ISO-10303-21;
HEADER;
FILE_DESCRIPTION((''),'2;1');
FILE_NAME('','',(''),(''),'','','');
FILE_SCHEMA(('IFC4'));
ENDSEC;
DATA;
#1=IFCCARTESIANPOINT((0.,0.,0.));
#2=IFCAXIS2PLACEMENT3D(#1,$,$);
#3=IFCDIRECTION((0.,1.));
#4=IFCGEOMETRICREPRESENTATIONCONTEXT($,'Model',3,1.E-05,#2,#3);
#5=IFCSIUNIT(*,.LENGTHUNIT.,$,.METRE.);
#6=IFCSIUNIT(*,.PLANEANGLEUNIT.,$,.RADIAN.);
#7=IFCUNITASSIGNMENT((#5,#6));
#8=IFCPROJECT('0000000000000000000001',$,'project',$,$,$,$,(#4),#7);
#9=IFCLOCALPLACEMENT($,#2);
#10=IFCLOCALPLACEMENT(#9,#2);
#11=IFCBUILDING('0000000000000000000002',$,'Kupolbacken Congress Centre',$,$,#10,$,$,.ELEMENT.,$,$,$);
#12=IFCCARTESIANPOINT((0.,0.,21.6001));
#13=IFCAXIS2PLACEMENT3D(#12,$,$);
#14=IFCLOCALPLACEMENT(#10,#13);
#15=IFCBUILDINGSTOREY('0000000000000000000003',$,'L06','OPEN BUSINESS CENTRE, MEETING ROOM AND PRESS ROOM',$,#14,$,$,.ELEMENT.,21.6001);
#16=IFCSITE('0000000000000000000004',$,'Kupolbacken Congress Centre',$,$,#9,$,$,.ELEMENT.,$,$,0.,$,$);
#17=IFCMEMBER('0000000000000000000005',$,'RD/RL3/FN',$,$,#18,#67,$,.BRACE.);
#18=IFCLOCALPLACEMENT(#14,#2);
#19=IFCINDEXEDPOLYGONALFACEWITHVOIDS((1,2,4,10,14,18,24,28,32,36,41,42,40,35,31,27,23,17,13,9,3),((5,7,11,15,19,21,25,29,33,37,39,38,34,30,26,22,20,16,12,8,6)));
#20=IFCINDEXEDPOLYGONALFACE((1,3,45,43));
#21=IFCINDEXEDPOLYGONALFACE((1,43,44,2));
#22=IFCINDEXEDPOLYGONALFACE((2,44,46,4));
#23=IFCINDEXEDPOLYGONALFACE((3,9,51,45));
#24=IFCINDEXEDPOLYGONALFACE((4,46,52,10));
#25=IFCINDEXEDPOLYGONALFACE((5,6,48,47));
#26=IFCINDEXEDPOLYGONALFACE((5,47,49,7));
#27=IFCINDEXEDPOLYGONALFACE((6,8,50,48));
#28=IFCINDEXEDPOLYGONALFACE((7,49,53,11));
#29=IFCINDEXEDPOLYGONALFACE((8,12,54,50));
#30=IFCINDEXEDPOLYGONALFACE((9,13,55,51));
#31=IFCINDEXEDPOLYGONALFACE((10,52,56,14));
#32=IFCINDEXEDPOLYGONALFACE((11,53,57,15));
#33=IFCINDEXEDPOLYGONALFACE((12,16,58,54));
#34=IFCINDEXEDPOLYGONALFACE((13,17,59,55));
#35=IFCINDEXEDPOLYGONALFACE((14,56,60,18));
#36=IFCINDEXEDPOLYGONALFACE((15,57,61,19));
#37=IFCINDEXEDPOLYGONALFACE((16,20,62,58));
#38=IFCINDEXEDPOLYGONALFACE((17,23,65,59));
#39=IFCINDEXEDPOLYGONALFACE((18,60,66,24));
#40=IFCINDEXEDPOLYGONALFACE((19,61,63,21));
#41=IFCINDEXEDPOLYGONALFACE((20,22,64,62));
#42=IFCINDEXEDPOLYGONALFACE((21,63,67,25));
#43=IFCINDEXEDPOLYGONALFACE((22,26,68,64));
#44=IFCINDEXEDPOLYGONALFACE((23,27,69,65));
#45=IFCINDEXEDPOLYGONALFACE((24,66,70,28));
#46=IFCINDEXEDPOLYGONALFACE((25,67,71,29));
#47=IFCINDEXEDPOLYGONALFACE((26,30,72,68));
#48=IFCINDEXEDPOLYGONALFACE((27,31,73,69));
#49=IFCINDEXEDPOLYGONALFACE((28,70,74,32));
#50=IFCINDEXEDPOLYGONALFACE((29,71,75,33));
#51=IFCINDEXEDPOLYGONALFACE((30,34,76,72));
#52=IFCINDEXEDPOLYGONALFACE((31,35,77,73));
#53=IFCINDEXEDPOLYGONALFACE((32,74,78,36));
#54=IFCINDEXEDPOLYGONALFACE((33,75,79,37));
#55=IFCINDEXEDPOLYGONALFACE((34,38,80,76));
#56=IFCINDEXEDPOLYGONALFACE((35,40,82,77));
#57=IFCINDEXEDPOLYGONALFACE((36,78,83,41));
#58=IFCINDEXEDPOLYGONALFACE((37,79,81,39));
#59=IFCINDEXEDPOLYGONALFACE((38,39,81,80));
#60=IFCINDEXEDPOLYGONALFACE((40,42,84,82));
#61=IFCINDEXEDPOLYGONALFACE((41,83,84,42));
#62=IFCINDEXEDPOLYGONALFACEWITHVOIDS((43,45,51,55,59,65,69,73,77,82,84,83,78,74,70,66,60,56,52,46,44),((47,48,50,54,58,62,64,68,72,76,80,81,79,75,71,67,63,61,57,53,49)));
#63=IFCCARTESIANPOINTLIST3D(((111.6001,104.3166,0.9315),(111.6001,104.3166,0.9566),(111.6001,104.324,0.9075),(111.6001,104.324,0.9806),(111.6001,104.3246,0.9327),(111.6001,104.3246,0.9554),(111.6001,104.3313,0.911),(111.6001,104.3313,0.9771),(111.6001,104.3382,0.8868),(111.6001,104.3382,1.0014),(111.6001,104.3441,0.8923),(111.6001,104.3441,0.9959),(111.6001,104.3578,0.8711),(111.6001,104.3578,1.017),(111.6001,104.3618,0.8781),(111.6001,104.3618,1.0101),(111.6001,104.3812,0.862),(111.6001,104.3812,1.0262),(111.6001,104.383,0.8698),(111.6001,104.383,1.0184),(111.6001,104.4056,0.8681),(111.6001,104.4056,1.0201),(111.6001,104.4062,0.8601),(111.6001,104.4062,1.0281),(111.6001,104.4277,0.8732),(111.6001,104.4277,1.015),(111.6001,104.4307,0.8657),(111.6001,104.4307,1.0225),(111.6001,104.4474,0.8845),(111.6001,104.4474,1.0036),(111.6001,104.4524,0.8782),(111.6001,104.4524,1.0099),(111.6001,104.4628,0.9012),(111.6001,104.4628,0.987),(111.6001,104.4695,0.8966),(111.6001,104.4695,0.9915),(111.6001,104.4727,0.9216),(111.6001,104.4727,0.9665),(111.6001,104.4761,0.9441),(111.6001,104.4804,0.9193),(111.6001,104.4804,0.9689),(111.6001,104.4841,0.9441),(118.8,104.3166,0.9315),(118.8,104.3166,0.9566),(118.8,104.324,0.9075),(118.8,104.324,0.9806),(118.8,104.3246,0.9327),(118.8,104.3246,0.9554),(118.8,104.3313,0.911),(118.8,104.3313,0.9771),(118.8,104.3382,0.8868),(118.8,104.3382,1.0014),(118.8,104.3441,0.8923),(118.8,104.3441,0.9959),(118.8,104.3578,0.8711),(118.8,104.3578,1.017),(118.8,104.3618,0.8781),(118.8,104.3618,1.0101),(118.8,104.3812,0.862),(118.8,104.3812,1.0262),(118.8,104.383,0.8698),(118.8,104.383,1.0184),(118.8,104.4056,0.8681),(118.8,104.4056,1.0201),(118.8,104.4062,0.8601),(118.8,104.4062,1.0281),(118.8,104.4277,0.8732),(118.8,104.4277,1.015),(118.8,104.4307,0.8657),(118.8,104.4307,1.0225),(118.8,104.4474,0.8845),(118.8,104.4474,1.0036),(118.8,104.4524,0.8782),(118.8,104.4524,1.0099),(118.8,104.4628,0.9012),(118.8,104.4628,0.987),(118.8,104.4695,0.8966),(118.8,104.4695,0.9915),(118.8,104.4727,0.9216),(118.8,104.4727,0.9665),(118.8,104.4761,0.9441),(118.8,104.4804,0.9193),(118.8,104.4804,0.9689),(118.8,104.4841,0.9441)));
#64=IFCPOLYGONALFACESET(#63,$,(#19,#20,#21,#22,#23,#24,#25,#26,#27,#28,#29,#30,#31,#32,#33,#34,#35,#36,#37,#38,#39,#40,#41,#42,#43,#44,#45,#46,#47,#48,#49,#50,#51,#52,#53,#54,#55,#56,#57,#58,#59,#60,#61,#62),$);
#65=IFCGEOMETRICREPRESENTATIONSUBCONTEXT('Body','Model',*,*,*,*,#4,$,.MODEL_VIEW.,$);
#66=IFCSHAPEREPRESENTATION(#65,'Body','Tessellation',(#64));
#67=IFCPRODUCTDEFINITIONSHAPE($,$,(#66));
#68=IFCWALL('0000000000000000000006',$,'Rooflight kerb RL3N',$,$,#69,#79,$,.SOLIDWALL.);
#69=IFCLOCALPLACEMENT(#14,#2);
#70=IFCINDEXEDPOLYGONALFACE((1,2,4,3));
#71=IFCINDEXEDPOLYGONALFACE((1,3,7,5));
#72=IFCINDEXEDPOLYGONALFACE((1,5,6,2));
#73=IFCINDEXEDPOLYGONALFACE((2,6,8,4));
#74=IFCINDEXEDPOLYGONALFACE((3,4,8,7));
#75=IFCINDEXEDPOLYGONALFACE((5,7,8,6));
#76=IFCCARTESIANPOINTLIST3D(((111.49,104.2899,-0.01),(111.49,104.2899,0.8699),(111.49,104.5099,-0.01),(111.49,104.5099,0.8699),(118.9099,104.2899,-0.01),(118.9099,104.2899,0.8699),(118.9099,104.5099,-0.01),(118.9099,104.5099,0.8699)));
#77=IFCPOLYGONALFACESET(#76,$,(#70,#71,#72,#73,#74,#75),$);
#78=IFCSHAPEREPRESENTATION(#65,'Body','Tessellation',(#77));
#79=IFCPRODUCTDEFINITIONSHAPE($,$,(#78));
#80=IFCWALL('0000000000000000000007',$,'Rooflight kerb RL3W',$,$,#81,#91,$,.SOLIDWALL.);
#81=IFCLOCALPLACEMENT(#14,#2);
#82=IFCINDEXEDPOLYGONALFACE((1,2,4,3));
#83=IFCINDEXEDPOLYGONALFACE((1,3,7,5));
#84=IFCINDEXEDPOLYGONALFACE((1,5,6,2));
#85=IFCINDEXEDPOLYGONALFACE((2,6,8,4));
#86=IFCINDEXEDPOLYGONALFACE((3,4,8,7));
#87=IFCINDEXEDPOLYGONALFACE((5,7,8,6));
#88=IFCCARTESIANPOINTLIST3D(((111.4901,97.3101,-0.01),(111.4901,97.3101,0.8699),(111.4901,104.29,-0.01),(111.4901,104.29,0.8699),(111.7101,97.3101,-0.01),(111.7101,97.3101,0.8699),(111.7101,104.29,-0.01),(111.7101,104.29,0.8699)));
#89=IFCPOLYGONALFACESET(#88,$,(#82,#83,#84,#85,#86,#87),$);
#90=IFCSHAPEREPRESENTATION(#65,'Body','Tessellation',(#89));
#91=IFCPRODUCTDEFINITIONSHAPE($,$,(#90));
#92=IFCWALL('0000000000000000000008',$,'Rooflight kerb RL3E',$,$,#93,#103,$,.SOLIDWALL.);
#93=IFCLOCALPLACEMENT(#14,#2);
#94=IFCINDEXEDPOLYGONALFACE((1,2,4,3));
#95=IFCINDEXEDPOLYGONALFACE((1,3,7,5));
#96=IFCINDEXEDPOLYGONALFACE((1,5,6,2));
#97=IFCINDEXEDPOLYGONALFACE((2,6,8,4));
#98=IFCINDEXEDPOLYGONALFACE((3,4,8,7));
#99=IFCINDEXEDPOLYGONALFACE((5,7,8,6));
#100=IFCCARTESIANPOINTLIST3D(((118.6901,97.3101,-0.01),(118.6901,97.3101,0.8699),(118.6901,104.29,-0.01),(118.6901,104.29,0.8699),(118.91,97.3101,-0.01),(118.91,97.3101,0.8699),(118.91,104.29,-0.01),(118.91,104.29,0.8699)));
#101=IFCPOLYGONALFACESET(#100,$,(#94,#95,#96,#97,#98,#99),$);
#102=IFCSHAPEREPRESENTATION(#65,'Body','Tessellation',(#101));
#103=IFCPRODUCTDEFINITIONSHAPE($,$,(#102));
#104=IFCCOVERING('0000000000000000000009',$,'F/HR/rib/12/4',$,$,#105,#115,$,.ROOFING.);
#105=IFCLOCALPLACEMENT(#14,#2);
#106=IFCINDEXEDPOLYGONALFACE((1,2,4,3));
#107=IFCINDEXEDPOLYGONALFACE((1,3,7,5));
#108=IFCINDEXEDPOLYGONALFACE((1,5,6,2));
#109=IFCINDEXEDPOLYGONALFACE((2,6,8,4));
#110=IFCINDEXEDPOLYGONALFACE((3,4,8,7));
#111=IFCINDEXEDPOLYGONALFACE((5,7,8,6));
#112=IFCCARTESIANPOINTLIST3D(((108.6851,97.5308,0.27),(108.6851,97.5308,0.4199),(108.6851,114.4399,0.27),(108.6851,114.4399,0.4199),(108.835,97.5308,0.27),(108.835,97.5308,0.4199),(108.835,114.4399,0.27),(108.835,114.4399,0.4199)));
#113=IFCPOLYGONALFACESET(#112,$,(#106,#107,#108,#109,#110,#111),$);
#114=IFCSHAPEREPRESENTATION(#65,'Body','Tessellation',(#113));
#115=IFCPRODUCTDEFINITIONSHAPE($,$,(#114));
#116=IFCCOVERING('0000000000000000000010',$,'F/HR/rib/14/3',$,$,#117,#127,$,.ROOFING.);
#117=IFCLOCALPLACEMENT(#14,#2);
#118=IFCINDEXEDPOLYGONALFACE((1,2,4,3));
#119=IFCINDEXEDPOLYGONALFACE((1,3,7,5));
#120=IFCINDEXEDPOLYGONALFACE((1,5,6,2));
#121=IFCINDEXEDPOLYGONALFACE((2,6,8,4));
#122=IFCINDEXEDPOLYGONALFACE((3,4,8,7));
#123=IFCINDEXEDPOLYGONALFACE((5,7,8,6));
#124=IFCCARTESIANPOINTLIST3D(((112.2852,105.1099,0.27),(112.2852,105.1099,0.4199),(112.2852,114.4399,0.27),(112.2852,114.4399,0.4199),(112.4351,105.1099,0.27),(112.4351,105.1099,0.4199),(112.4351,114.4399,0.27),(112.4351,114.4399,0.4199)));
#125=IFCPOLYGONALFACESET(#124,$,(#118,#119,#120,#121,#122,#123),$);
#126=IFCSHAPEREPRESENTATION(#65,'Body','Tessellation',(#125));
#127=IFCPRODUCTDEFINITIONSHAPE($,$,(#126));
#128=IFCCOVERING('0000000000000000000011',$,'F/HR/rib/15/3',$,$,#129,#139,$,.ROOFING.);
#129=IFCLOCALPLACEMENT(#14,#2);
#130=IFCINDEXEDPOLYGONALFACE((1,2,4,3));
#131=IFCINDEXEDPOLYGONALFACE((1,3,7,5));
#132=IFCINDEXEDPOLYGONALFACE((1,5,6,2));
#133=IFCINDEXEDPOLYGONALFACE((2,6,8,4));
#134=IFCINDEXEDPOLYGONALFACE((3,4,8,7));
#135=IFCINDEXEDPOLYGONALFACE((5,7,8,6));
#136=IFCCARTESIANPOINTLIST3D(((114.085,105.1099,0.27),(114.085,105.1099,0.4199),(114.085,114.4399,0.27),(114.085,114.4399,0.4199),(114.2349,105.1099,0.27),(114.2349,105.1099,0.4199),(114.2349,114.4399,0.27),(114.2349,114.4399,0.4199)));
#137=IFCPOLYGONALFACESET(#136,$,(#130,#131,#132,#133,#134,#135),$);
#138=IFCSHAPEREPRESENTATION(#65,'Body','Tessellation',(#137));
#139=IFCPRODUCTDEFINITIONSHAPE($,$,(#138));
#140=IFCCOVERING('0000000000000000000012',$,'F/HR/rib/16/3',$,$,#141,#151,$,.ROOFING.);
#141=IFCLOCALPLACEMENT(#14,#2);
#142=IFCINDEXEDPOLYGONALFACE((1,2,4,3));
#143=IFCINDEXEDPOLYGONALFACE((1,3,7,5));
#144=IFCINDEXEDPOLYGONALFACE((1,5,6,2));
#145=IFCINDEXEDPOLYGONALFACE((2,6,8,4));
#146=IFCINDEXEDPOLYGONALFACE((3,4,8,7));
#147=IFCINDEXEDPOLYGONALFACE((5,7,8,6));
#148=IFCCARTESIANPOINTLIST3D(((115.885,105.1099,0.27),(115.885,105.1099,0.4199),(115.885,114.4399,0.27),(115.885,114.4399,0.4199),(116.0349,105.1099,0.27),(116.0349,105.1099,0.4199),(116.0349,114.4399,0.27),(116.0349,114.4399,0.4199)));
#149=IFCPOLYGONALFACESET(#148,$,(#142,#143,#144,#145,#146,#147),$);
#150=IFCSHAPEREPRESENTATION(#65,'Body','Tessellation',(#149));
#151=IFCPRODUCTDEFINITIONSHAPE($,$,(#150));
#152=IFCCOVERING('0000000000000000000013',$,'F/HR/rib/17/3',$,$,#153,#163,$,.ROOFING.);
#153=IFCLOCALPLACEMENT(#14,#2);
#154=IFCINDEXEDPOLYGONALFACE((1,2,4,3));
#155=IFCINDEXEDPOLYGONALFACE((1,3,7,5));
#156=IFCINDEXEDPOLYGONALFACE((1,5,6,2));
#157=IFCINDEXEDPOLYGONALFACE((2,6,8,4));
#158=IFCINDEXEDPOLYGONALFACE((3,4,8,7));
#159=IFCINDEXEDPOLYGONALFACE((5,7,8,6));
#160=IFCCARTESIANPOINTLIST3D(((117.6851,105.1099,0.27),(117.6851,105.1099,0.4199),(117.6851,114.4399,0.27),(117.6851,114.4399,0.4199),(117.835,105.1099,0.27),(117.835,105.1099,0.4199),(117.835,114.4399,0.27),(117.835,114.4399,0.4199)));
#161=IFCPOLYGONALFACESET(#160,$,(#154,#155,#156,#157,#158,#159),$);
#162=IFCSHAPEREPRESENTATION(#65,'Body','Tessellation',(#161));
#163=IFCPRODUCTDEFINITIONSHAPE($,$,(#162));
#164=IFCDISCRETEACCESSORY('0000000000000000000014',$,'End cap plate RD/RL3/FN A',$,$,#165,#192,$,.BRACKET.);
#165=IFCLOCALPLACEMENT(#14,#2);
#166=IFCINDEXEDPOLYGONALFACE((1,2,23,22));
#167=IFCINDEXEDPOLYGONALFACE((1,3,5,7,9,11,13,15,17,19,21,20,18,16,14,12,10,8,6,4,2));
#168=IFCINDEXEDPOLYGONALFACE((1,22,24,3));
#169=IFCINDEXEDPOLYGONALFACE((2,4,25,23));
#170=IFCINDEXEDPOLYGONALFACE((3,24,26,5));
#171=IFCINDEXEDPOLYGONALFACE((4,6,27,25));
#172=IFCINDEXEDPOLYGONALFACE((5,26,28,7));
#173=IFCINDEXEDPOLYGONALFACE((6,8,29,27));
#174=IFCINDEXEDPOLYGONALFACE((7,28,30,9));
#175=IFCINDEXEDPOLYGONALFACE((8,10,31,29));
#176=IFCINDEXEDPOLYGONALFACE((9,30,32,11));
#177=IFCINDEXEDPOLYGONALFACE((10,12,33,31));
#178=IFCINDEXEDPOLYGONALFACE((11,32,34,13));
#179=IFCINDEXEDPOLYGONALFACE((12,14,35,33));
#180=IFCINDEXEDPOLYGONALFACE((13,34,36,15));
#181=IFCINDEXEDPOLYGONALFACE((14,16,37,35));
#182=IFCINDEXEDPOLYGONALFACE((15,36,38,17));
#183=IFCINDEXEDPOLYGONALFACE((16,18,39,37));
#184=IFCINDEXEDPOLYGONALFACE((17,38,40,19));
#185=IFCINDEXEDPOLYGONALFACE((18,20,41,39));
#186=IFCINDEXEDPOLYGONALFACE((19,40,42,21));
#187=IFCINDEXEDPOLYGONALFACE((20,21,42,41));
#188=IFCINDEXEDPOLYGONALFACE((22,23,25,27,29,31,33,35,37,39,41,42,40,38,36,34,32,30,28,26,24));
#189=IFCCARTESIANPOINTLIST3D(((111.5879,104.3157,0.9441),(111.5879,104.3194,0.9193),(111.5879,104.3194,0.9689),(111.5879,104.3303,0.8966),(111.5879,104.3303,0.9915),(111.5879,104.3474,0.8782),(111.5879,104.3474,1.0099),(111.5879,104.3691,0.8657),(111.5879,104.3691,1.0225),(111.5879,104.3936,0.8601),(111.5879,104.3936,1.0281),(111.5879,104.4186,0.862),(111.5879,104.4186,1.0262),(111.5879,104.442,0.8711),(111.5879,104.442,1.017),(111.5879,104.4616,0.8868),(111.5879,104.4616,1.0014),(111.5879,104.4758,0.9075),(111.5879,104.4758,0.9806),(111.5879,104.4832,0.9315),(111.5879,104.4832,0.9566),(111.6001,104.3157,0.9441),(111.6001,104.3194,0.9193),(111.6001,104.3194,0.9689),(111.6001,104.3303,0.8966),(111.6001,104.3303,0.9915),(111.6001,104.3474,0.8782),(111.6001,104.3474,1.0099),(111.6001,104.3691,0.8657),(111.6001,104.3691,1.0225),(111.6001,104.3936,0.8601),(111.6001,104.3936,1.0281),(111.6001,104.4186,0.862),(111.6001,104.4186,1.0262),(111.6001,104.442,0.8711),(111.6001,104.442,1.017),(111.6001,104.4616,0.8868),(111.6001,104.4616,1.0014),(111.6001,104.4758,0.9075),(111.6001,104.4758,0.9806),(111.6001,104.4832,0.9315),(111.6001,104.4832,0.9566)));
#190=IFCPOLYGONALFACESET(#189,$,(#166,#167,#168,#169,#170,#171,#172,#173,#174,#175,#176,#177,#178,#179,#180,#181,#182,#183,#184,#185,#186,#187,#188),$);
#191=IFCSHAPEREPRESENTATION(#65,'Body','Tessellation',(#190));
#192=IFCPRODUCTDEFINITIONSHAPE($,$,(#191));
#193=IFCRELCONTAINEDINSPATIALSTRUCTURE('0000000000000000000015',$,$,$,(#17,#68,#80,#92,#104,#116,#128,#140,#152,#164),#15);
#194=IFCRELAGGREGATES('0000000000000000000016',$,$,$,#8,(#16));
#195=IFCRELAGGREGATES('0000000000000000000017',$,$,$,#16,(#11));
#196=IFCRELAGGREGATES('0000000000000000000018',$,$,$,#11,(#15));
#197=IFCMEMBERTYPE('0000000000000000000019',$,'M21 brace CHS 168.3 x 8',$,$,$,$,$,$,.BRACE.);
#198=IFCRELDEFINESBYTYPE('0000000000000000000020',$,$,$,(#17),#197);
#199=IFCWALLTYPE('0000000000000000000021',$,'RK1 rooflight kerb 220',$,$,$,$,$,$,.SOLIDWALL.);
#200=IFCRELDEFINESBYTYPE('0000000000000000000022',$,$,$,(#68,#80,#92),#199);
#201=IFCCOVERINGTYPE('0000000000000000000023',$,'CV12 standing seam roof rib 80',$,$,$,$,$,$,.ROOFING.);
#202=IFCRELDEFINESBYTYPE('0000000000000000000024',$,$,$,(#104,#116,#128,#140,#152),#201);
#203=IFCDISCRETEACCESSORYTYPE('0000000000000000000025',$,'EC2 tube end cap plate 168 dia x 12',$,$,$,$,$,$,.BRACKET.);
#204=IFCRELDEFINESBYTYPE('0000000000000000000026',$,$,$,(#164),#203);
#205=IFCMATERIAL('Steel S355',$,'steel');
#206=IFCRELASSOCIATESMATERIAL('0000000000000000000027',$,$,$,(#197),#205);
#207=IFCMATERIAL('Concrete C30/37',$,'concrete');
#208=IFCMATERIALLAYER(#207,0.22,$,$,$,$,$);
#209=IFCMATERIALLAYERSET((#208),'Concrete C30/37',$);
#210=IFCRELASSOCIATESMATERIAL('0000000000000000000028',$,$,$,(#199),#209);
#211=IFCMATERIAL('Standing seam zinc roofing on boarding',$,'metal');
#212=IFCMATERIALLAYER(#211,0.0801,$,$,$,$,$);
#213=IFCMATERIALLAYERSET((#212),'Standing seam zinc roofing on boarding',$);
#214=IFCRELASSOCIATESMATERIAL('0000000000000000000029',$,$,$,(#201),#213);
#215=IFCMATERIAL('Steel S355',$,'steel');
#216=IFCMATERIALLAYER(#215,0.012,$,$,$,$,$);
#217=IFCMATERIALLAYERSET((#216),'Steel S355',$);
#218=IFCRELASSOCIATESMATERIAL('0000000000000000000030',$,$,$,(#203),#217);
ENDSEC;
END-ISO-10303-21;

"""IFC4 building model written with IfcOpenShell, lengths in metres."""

from ifc_helpers import new_model, si_unit, direction, frame, frame_2d, origin, origin_2d, place, context, subcontext, project, spatial, rectangle, circle, hollow_circle, extrude, material, layer, layer_set, material_profile, profile_set, type_object, element, save


model = new_model("IFC4")

# Units and contexts
model_context = context("Model", 3, precision=1e-05, world=origin(), true_north=direction((0.0, 1.0)))
body_context = subcontext(model_context, "Body", "Model", "MODEL_VIEW")
ifc_project = project(units=[si_unit("LENGTHUNIT", "METRE"), si_unit("PLANEANGLEUNIT", "RADIAN")], contexts=[model_context])

# Site, building, storey
site_placement = place(None, origin())
site = spatial("IfcSite", under=ifc_project, at=site_placement, Name="Kupolbacken Congress Centre", CompositionType="ELEMENT", RefElevation=0.0)
building_placement = place(site_placement, origin())
building = spatial("IfcBuilding", under=site, at=building_placement, Name="Kupolbacken Congress Centre", CompositionType="ELEMENT")
storey_placement = place(building_placement, frame((0.0, 0.0, 21.6001)))
storey = spatial("IfcBuildingStorey", under=building, at=storey_placement, Name="L06", Description="OPEN BUSINESS CENTRE, MEETING ROOM AND PRESS ROOM", CompositionType="ELEMENT", Elevation=21.6001)

# Member
ifc_material_1 = material(Name="Steel S355", Category="steel")
ifc_material_profile_1 = material_profile(ifc_material_1, hollow_circle(Radius=0.0842, WallThickness=0.0081, at=origin_2d()), Name="CHS 168.3 x 8")
ifc_profile_set_1 = profile_set([ifc_material_profile_1], Name="Steel S355")
member_type = type_object("IfcMemberType", Name="M21 brace CHS 168.3 x 8", PredefinedType="BRACE", material=ifc_profile_set_1)
member_placement = place(storey_placement, frame((111.6001, 104.3999, 0.9441), z_axis=(1.0, 0.0, 0.0), x_axis=(0.0, 1.0, 0.0)))
element("IfcMember", 1, at=member_placement, inside=storey, type_object=member_type, Name="RD/RL3/FN", PredefinedType="BRACE", context=body_context, shape_type="SweptSolid", body=[
    extrude(hollow_circle(Radius=0.0842, WallThickness=0.0081, at=origin_2d()), origin(), (0.0, 0.0, 1.0), 7.2),
])

# Walls
ifc_material_2 = material(Name="Concrete C30/37", Category="concrete")
ifc_layer_1 = layer(ifc_material_2, 0.22)
ifc_layer_set_1 = layer_set([ifc_layer_1], Name="Concrete C30/37")
wall_type = type_object("IfcWallType", Name="RK1 rooflight kerb 220", PredefinedType="SOLIDWALL", material=ifc_layer_set_1)
wall_placement = place(storey_placement, frame((111.49, 104.3999, -0.01), z_axis=(0.0, 0.0, 1.0), x_axis=(1.0, 0.0, 0.0)))
element("IfcWall", 2, at=wall_placement, inside=storey, type_object=wall_type, Name="Rooflight kerb RL3N", PredefinedType="SOLIDWALL", context=body_context, shape_type="SweptSolid", body=[
    extrude(rectangle(XDim=7.4199, YDim=0.22, at=frame_2d((3.71, 0.0))), origin(), (0.0, 0.0, 1.0), 0.8799),
])
for number, where, z_axis, x_axis, name in (
    (3, (111.6001, 97.3101, -0.01), (0.0, 0.0, 1.0), (0.0, 1.0, 0.0), "Rooflight kerb RL3W"),
    (4, (118.8, 97.3101, -0.01), (0.0, 0.0, 1.0), (0.0, 1.0, 0.0), "Rooflight kerb RL3E"),
):
    element("IfcWall", number, at=place(storey_placement, frame(where, z_axis=z_axis, x_axis=x_axis)), inside=storey, type_object=wall_type, Name=name, PredefinedType="SOLIDWALL", context=body_context, shape_type="SweptSolid", body=[
        extrude(rectangle(XDim=6.98, YDim=0.22, at=frame_2d((3.49, 0.0))), origin(), (0.0, 0.0, 1.0), 0.8799),
    ])

# Coverings
ifc_material_3 = material(Name="Standing seam zinc roofing on boarding", Category="metal")
ifc_layer_2 = layer(ifc_material_3, 0.0801)
ifc_layer_set_2 = layer_set([ifc_layer_2], Name="Standing seam zinc roofing on boarding")
covering_type = type_object("IfcCoveringType", Name="CV12 standing seam roof rib 80", PredefinedType="ROOFING", material=ifc_layer_set_2)
covering_placement = place(storey_placement, frame((108.76, 105.9854, 0.27), z_axis=(0.0, 0.0, 1.0), x_axis=(0.0, 1.0, 0.0)))
element("IfcCovering", 5, at=covering_placement, inside=storey, type_object=covering_type, Name="F/HR/rib/12/4", PredefinedType="ROOFING", context=body_context, shape_type="SweptSolid", body=[
    extrude(rectangle(XDim=16.9092, YDim=0.1499, at=origin_2d()), origin(), (0.0, 0.0, 1.0), 0.1499),
])
for number, where, z_axis, x_axis, name in (
    (6, (112.3601, 109.7749, 0.27), (0.0, 0.0, 1.0), (0.0, 1.0, 0.0), "F/HR/rib/14/3"),
    (7, (114.1599, 109.7749, 0.27), (0.0, 0.0, 1.0), (0.0, 1.0, 0.0), "F/HR/rib/15/3"),
    (8, (115.96, 109.7749, 0.27), (0.0, 0.0, 1.0), (0.0, 1.0, 0.0), "F/HR/rib/16/3"),
    (9, (117.76, 109.7749, 0.27), (0.0, 0.0, 1.0), (0.0, 1.0, 0.0), "F/HR/rib/17/3"),
):
    element("IfcCovering", number, at=place(storey_placement, frame(where, z_axis=z_axis, x_axis=x_axis)), inside=storey, type_object=covering_type, Name=name, PredefinedType="ROOFING", context=body_context, shape_type="SweptSolid", body=[
        extrude(rectangle(XDim=9.3301, YDim=0.1499, at=origin_2d()), origin(), (0.0, 0.0, 1.0), 0.1499),
    ])

# Discrete accessory
ifc_material_4 = material(Name="Steel S355", Category="steel")
ifc_layer_3 = layer(ifc_material_4, 0.012)
ifc_layer_set_3 = layer_set([ifc_layer_3], Name="Steel S355")
discrete_accessory_type = type_object("IfcDiscreteAccessoryType", Name="EC2 tube end cap plate 168 dia x 12", PredefinedType="BRACKET", material=ifc_layer_set_3)
discrete_accessory_1_placement = place(storey_placement, frame((111.6001, 104.3999, 0.9441), z_axis=(-1.0, 0.0, 0.0), x_axis=(0.0, -1.0, 0.0)))
element("IfcDiscreteAccessory", 10, at=discrete_accessory_1_placement, inside=storey, type_object=discrete_accessory_type, Name="End cap plate RD/RL3/FN A", PredefinedType="BRACKET", context=body_context, shape_type="SweptSolid", body=[
    extrude(circle(Radius=0.0842, at=origin_2d()), origin(), (0.0, 0.0, 1.0), 0.0122),
])

save(model, "model.ifc")
